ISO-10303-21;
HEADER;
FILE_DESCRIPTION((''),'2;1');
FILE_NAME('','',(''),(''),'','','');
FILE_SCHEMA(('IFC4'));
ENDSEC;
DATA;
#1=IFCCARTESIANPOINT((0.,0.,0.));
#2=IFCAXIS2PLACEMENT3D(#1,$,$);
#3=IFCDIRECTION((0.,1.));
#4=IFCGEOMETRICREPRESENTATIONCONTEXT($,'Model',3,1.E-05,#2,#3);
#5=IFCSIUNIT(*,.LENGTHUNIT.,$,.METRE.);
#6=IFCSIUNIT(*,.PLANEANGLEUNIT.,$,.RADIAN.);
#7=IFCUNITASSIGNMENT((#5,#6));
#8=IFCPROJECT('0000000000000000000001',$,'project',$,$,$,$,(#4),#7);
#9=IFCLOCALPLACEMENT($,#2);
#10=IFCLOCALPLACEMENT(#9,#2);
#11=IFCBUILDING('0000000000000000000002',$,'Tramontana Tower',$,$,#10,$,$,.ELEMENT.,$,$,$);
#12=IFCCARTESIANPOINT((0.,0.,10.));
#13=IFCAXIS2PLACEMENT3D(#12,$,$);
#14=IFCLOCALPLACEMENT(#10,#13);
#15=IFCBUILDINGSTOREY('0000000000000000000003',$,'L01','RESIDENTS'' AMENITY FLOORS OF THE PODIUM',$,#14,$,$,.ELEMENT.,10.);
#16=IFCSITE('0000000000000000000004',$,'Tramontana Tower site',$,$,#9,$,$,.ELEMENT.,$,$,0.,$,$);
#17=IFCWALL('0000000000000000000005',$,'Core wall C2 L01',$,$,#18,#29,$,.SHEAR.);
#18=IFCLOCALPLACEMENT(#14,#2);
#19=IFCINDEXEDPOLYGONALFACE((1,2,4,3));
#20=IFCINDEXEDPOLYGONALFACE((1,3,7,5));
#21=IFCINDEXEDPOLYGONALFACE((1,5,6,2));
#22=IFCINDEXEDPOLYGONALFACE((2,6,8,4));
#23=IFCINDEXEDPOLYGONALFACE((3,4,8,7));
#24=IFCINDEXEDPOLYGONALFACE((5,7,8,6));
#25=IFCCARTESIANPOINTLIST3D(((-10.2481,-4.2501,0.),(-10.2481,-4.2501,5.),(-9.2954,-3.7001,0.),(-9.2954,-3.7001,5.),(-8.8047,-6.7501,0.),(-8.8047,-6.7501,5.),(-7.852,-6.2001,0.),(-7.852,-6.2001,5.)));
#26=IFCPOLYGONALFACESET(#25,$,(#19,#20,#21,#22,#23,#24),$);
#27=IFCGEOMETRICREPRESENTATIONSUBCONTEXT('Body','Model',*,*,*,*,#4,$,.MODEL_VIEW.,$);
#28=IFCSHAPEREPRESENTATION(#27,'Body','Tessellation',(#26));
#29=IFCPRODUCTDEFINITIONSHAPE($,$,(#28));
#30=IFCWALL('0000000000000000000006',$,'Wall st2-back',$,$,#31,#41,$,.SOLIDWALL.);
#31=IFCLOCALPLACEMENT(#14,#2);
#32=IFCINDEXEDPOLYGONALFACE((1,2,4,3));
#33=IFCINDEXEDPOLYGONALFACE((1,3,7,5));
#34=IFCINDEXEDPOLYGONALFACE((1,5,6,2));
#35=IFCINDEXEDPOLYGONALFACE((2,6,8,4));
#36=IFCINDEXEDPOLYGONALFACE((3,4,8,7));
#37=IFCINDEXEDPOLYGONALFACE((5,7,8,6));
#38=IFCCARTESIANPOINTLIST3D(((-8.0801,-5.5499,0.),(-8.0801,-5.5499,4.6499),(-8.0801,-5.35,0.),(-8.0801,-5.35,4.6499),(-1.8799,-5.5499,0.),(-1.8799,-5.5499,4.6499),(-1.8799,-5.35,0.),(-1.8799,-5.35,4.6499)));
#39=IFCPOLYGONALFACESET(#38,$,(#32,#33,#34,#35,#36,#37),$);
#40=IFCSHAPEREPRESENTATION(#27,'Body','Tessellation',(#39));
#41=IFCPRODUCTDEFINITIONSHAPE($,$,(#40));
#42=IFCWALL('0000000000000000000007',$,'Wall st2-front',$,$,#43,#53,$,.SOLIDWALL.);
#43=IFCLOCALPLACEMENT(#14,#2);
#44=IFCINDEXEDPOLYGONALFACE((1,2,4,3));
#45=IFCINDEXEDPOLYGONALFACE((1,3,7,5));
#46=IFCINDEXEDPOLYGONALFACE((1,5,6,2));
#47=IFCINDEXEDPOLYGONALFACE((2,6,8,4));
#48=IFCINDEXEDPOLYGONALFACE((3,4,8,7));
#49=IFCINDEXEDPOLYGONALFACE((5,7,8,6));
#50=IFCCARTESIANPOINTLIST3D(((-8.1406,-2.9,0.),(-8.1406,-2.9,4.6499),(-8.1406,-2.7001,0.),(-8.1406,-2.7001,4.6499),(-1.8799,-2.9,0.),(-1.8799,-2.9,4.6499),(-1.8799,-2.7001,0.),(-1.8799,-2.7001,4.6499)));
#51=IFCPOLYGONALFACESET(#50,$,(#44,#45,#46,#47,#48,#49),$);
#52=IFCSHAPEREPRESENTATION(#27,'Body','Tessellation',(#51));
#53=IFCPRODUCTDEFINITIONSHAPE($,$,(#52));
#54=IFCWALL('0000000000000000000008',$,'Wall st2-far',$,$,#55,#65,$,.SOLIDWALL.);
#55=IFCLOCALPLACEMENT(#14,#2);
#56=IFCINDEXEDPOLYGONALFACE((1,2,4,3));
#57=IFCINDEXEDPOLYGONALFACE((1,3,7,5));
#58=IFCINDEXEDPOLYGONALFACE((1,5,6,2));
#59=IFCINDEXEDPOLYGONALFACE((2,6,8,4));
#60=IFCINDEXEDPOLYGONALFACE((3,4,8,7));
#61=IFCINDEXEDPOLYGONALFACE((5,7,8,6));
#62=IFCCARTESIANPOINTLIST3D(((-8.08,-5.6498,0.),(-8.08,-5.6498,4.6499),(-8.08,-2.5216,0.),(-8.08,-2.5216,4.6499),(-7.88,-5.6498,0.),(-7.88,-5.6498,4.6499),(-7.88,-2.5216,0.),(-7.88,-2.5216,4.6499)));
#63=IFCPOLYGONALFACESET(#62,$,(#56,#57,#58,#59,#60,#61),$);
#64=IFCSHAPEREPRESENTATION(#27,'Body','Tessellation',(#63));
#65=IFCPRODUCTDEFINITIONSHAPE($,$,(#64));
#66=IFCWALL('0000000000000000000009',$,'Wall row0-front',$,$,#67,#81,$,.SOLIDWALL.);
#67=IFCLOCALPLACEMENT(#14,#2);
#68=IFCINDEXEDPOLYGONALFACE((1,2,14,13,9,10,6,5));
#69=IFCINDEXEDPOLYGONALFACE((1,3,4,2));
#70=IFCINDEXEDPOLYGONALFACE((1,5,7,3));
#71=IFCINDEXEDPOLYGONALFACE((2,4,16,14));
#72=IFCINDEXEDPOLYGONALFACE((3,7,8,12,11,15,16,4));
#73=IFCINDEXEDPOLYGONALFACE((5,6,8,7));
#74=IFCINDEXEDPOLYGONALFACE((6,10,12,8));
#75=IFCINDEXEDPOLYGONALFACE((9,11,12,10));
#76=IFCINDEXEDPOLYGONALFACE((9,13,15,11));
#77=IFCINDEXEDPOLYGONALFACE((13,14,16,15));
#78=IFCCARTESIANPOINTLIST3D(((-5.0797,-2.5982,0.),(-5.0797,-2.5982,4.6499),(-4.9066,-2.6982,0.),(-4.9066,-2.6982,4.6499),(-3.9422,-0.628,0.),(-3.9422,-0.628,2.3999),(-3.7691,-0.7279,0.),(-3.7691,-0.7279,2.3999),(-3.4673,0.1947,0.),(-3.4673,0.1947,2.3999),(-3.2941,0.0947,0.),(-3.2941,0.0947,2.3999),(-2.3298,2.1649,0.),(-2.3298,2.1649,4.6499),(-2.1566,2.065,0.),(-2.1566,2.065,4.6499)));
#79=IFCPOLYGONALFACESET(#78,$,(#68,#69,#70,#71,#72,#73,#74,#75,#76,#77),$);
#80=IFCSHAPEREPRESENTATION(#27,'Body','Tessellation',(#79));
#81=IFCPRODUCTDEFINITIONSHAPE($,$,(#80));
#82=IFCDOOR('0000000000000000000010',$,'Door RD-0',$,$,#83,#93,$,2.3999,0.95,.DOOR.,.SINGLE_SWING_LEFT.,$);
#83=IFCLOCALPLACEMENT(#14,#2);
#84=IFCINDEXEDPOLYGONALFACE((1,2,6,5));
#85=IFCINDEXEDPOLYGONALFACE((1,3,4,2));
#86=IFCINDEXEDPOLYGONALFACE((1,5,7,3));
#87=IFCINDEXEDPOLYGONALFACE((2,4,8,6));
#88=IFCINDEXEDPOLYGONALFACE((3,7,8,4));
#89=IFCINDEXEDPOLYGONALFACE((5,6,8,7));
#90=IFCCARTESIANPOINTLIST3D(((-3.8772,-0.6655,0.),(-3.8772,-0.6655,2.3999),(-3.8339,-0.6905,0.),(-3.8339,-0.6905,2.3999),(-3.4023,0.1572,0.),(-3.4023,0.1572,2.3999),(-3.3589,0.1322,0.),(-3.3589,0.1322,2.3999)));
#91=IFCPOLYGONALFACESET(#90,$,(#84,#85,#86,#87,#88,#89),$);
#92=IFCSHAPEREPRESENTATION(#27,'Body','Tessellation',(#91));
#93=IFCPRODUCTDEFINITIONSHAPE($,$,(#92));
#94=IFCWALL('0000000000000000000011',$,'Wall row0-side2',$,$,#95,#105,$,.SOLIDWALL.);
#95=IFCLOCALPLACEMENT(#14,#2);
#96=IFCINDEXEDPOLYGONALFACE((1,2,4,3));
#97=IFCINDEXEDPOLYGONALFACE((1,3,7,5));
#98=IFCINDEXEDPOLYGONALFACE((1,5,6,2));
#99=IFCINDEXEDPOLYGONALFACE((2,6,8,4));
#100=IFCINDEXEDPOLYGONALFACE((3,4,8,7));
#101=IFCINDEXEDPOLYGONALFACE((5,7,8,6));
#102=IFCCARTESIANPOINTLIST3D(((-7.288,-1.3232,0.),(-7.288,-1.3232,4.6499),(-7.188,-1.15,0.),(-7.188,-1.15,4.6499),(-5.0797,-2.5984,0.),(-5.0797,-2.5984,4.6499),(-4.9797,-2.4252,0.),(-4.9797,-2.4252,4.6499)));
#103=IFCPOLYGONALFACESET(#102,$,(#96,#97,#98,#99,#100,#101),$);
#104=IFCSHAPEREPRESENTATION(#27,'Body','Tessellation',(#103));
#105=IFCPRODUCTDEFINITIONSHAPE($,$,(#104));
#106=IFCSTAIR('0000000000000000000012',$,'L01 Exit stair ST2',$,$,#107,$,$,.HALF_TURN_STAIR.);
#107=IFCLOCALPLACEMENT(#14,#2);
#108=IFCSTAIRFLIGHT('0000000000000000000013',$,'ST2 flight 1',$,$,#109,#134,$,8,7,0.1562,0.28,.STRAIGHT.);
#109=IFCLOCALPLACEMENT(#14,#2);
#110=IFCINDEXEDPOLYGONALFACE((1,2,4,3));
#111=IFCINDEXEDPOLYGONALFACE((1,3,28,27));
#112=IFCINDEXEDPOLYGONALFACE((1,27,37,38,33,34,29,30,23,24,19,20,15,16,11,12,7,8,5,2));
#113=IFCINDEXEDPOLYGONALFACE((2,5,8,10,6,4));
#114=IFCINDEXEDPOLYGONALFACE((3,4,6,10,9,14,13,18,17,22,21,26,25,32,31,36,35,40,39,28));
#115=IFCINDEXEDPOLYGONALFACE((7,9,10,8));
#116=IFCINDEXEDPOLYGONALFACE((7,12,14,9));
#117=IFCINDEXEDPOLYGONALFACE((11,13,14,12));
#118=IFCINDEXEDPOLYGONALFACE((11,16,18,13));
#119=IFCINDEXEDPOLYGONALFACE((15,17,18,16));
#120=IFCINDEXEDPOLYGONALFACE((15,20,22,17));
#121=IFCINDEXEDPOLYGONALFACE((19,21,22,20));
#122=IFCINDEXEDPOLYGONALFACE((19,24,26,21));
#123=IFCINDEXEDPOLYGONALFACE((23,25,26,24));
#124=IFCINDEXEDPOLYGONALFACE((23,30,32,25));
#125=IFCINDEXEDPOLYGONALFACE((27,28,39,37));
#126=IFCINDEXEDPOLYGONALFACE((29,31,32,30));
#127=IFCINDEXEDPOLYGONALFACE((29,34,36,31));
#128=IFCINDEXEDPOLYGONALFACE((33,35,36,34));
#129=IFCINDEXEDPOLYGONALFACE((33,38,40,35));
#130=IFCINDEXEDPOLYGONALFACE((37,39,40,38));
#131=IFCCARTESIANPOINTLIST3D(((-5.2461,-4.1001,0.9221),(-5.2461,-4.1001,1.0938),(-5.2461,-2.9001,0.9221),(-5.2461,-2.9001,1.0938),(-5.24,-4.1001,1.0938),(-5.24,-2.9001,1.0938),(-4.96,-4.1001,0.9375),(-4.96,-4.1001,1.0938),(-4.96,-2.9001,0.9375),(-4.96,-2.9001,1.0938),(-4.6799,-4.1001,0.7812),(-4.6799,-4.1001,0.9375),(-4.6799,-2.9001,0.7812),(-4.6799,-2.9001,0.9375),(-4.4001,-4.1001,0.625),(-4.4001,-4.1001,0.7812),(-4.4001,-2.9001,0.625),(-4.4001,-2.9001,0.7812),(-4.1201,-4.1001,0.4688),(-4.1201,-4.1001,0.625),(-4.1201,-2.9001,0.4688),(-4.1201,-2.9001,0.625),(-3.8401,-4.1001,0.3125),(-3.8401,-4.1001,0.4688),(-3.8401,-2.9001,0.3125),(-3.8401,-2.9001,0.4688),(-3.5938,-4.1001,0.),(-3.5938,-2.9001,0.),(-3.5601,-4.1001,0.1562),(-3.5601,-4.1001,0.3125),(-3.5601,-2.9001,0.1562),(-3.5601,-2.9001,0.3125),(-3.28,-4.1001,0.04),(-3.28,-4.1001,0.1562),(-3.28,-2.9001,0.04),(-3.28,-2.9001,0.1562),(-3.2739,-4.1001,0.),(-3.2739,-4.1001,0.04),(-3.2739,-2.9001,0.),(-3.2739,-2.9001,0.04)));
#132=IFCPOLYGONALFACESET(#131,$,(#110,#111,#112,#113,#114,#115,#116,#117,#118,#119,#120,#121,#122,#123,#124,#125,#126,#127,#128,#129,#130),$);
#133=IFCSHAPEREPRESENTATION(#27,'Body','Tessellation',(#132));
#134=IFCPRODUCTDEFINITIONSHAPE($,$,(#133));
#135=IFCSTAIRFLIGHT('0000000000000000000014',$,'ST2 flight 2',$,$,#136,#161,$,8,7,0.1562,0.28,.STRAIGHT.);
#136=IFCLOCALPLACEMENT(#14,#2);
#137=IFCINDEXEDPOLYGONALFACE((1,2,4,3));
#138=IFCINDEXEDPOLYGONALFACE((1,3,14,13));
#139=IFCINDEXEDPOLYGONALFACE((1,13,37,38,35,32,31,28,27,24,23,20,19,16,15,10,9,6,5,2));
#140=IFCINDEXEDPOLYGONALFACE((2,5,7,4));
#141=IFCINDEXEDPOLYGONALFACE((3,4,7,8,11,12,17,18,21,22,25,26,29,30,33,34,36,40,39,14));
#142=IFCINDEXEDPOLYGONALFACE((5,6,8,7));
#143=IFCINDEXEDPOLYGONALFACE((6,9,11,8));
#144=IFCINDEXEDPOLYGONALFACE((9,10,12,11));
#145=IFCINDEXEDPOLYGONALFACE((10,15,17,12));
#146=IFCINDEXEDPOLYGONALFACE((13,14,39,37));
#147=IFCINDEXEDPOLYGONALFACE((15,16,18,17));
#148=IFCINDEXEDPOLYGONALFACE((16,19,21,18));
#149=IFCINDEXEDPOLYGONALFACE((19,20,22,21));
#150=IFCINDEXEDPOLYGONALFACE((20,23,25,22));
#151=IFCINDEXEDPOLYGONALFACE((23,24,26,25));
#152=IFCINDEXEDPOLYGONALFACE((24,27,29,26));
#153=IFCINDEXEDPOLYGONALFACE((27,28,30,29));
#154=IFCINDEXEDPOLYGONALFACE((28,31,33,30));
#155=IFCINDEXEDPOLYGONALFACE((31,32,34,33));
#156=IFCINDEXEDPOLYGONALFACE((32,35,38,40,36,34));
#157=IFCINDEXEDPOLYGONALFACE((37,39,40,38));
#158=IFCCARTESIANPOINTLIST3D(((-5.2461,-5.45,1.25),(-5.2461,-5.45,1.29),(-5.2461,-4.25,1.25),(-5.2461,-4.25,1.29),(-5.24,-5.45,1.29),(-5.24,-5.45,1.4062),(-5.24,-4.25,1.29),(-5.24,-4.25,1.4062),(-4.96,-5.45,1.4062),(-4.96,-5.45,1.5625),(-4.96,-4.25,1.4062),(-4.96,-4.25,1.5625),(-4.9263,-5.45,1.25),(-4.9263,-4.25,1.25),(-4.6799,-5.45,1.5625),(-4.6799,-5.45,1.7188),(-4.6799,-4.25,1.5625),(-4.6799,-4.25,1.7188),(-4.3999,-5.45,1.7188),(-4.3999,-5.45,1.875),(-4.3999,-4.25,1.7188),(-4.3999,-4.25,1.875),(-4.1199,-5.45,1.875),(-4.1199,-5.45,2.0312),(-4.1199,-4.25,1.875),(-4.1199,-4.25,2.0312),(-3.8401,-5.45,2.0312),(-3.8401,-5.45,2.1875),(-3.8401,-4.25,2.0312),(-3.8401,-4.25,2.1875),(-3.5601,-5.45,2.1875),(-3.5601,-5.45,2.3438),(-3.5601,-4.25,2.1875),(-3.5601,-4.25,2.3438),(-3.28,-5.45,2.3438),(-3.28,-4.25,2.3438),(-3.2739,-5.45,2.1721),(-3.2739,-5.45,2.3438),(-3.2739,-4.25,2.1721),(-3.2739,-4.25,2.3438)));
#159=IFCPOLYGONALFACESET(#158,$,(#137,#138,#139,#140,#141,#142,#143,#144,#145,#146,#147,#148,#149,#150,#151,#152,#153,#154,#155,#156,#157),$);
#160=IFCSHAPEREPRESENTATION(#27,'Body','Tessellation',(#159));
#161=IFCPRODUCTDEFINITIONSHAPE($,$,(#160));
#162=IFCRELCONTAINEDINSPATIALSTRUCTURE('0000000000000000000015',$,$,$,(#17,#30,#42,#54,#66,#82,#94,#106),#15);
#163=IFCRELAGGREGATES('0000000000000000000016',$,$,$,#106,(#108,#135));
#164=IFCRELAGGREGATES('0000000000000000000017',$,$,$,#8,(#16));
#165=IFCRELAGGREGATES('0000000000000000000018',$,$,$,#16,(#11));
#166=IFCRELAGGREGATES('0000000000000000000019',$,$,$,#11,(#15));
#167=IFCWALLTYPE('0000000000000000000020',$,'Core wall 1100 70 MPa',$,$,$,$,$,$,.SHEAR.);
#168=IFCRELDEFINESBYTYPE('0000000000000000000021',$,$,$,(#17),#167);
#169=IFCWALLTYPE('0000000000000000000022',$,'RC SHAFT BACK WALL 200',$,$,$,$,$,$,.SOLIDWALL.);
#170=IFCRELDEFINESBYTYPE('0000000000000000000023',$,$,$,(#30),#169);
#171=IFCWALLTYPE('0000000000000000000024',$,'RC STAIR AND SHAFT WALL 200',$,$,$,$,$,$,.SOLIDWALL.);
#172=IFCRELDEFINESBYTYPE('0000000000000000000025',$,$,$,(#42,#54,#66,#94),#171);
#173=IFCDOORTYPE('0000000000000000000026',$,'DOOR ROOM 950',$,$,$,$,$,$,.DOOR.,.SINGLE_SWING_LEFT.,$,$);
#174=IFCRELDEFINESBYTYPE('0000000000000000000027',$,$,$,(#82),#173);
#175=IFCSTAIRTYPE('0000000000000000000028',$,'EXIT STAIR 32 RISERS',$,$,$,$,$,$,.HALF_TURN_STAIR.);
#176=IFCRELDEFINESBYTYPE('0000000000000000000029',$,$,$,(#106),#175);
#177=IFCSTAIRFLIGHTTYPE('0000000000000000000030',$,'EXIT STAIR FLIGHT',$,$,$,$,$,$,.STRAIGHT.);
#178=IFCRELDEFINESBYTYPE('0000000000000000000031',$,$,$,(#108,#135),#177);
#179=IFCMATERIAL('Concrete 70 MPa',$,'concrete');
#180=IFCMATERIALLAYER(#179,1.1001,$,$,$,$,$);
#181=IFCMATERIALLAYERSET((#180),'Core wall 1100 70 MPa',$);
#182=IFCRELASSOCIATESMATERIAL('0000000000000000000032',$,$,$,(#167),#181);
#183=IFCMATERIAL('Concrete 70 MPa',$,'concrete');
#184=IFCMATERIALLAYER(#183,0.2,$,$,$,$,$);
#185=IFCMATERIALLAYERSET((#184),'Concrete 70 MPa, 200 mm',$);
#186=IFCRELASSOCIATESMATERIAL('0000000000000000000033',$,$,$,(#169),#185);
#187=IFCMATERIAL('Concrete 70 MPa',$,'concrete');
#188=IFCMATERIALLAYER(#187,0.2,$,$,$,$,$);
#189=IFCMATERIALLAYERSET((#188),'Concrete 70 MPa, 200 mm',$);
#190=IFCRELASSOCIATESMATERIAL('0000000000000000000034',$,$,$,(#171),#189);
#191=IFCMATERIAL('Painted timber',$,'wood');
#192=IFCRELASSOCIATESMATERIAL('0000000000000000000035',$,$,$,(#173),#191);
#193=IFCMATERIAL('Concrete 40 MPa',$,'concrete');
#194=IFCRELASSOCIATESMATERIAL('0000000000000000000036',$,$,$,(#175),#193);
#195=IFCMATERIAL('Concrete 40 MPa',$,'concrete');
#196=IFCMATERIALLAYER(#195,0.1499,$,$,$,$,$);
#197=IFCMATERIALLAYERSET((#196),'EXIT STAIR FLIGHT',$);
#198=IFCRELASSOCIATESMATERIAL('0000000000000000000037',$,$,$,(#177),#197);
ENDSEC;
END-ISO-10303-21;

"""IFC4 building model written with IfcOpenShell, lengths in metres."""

from ifc_helpers import new_model, si_unit, direction, frame, frame_2d, origin, place, context, subcontext, project, spatial, polyline, rectangle, outline, extrude, material, layer, layer_set, type_object, element, fill, aggregate, save


model = new_model("IFC4")

# Units and contexts
model_context = context("Model", 3, precision=1e-05, world=origin(), true_north=direction((0.0, 1.0)))
body_context = subcontext(model_context, "Body", "Model", "MODEL_VIEW")
ifc_project = project(units=[si_unit("LENGTHUNIT", "METRE"), si_unit("PLANEANGLEUNIT", "RADIAN")], contexts=[model_context])

# Site, building, storey
site_placement = place(None, origin())
site = spatial("IfcSite", under=ifc_project, at=site_placement, Name="Tramontana Tower site", CompositionType="ELEMENT", RefElevation=0.0)
building_placement = place(site_placement, origin())
building = spatial("IfcBuilding", under=site, at=building_placement, Name="Tramontana Tower", CompositionType="ELEMENT")
storey_placement = place(building_placement, frame((0.0, 0.0, 10.0)))
storey = spatial("IfcBuildingStorey", under=building, at=storey_placement, Name="L01", Description="RESIDENTS' AMENITY FLOORS OF THE PODIUM", CompositionType="ELEMENT", Elevation=10.0)

# Wall
ifc_material_1 = material(Name="Concrete 70 MPa", Category="concrete")
ifc_layer_1 = layer(ifc_material_1, 1.1001)
ifc_layer_set_1 = layer_set([ifc_layer_1], Name="Core wall 1100 70 MPa")
wall_type_1 = type_object("IfcWallType", Name="Core wall 1100 70 MPa", PredefinedType="SHEAR", material=ifc_layer_set_1)
wall_1_placement = place(storey_placement, frame((-9.7717, -3.9751, 0.0), z_axis=(0.0, 0.0, 1.0), x_axis=(0.499996, -0.866028, 0.0)))
element("IfcWall", 1, at=wall_1_placement, inside=storey, type_object=wall_type_1, Name="Core wall C2 L01", PredefinedType="SHEAR", context=body_context, shape_type="SweptSolid", body=[
    extrude(rectangle(XDim=2.8867, YDim=1.1001, at=frame_2d((1.4434, 0.0))), origin(), (0.0, 0.0, 1.0), 5.0),
])

# Walls
ifc_material_2 = material(Name="Concrete 70 MPa", Category="concrete")
ifc_layer_2 = layer(ifc_material_2, 0.2)
ifc_layer_set_2 = layer_set([ifc_layer_2], Name="Concrete 70 MPa, 200 mm")
wall_type_2 = type_object("IfcWallType", Name="RC SHAFT BACK WALL 200", PredefinedType="SOLIDWALL", material=ifc_layer_set_2)
wall_2_placement = place(storey_placement, frame((-8.0801, -5.45, 0.0), z_axis=(0.0, 0.0, 1.0), x_axis=(1.0, 0.0, 0.0)))
element("IfcWall", 2, at=wall_2_placement, inside=storey, type_object=wall_type_2, Name="Wall st2-back", PredefinedType="SOLIDWALL", context=body_context, shape_type="SweptSolid", body=[
    extrude(rectangle(XDim=6.2002, YDim=0.2, at=frame_2d((3.1001, 0.0))), origin(), (0.0, 0.0, 1.0), 4.6499),
])
ifc_material_3 = material(Name="Concrete 70 MPa", Category="concrete")
ifc_layer_3 = layer(ifc_material_3, 0.2)
ifc_layer_set_3 = layer_set([ifc_layer_3], Name="Concrete 70 MPa, 200 mm")
wall_type_3 = type_object("IfcWallType", Name="RC STAIR AND SHAFT WALL 200", PredefinedType="SOLIDWALL", material=ifc_layer_set_3)
wall_3_placement = place(storey_placement, frame((-8.1406, -2.8, 0.0), z_axis=(0.0, 0.0, 1.0), x_axis=(1.0, 0.0, 0.0)))
element("IfcWall", 3, at=wall_3_placement, inside=storey, type_object=wall_type_3, Name="Wall st2-front", PredefinedType="SOLIDWALL", context=body_context, shape_type="SweptSolid", body=[
    extrude(rectangle(XDim=6.2607, YDim=0.2, at=frame_2d((3.1304, 0.0))), origin(), (0.0, 0.0, 1.0), 4.6499),
])
wall_4_placement = place(storey_placement, frame((-7.98, -2.5217, 0.0), z_axis=(0.0, 0.0, 1.0), x_axis=(0.0, -1.0, 0.0)))
element("IfcWall", 4, at=wall_4_placement, inside=storey, type_object=wall_type_3, Name="Wall st2-far", PredefinedType="SOLIDWALL", context=body_context, shape_type="SweptSolid", body=[
    extrude(rectangle(XDim=3.1282, YDim=0.2, at=frame_2d((1.564, 0.0))), origin(), (0.0, 0.0, 1.0), 4.6499),
])

# Wall, opening, door
wall_5_placement = place(storey_placement, frame((-4.9932, -2.6482, 0.0), z_axis=(0.0, 0.0, 1.0), x_axis=(0.499997, 0.866027, 0.0)))
wall_5 = element("IfcWall", 5, at=wall_5_placement, inside=storey, type_object=wall_type_3, Name="Wall row0-front", PredefinedType="SOLIDWALL", context=body_context, shape_type="SweptSolid", body=[
    extrude(rectangle(XDim=5.5, YDim=0.2, at=frame_2d((2.75, 0.0))), origin(), (0.0, 0.0, 1.0), 4.6499),
])
opening_1_placement = place(wall_5_placement, frame((2.2749, 0.0, 0.0)))
opening_1 = element("IfcOpeningElement", 6, at=opening_1_placement, cuts=wall_5, PredefinedType="OPENING", context=body_context, shape_type="SweptSolid", body=[
    extrude(rectangle(XDim=0.95, YDim=2.3999, at=frame_2d((0.4751, 1.2))), frame((0.0, 0.1099, 0.0), z_axis=(0.0, -1.0, 0.0), x_axis=(1.0, 0.0, 0.0)), (0.0, 0.0, 1.0), 0.22),
])
ifc_material_4 = material(Name="Painted timber", Category="wood")
door_type_1 = type_object("IfcDoorType", Name="DOOR ROOM 950", OperationType="SINGLE_SWING_LEFT", PredefinedType="DOOR", material=ifc_material_4)
door_1_placement = place(opening_1_placement, origin())
door_1 = element("IfcDoor", 7, at=door_1_placement, inside=storey, type_object=door_type_1, Name="Door RD-0", OperationType="SINGLE_SWING_LEFT", OverallHeight=2.3999, OverallWidth=0.95, PredefinedType="DOOR", context=body_context, shape_type="SweptSolid", body=[
    extrude(rectangle(XDim=0.95, YDim=2.3999, at=frame_2d((0.4751, 1.2))), frame((0.0, 0.0249, 0.0), z_axis=(0.0, -1.0, 0.0), x_axis=(1.0, 0.0, 0.0)), (0.0, 0.0, 1.0), 0.05),
])
fill(opening_1, door_1)

# Wall
wall_6_placement = place(storey_placement, frame((-5.0298, -2.5117, 0.0), z_axis=(0.0, 0.0, 1.0), x_axis=(-0.865989, 0.500062, 0.0)))
element("IfcWall", 8, at=wall_6_placement, inside=storey, type_object=wall_type_3, Name="Wall row0-side2", PredefinedType="SOLIDWALL", context=body_context, shape_type="SweptSolid", body=[
    extrude(rectangle(XDim=2.55, YDim=0.2, at=frame_2d((1.2749, 0.0))), origin(), (0.0, 0.0, 1.0), 4.6499),
])

# Stair, stair flights
ifc_material_5 = material(Name="Concrete 40 MPa", Category="concrete")
stair_type = type_object("IfcStairType", Name="EXIT STAIR 32 RISERS", PredefinedType="HALF_TURN_STAIR", material=ifc_material_5)
stair_placement = place(storey_placement, origin())
stair = element("IfcStair", 9, at=stair_placement, inside=storey, type_object=stair_type, Name="L01 Exit stair ST2", PredefinedType="HALF_TURN_STAIR")
ifc_material_6 = material(Name="Concrete 40 MPa", Category="concrete")
ifc_layer_4 = layer(ifc_material_6, 0.1499)
ifc_layer_set_4 = layer_set([ifc_layer_4], Name="EXIT STAIR FLIGHT")
stair_flight_type = type_object("IfcStairFlightType", Name="EXIT STAIR FLIGHT", PredefinedType="STRAIGHT", material=ifc_layer_set_4)
stair_flight_1_placement = place(storey_placement, frame((-3.28, -3.5, 0.0), z_axis=(0.0, 0.0, 1.0), x_axis=(-1.0, 0.0, 0.0)))
stair_flight_1 = element("IfcStairFlight", 10, at=stair_flight_1_placement, type_object=stair_flight_type, Name="ST2 flight 1", NumberOfRisers=8, NumberOfTreads=7, PredefinedType="STRAIGHT", RiserHeight=0.1562, TreadLength=0.28, context=body_context, shape_type="SweptSolid", body=[
    extrude(outline(polyline([(-0.0061, 0.0), (-0.0061, 0.04), (0.0, 0.04), (0.0, 0.1562), (0.28, 0.1562), (0.28, 0.3125), (0.5601, 0.3125), (0.5601, 0.4688), (0.8401, 0.4688), (0.8401, 0.625), (1.1201, 0.625), (1.1201, 0.7812), (1.3999, 0.7812), (1.3999, 0.9375), (1.6799, 0.9375), (1.6799, 1.0938), (1.96, 1.0938), (1.9661, 1.0938), (1.9661, 0.9221), (0.3137, 0.0), (-0.0061, 0.0)])), frame((0.0, 0.6001, 0.0), z_axis=(0.0, -1.0, 0.0), x_axis=(1.0, 0.0, 0.0)), (0.0, 0.0, 1.0), 1.2),
])
stair_flight_2_placement = place(storey_placement, frame((-5.24, -4.8501, 1.25), z_axis=(0.0, 0.0, 1.0), x_axis=(1.0, 0.0, 0.0)))
stair_flight_2 = element("IfcStairFlight", 11, at=stair_flight_2_placement, type_object=stair_flight_type, Name="ST2 flight 2", NumberOfRisers=8, NumberOfTreads=7, PredefinedType="STRAIGHT", RiserHeight=0.1562, TreadLength=0.28, context=body_context, shape_type="SweptSolid", body=[
    extrude(outline(polyline([(-0.0061, 0.0), (-0.0061, 0.04), (0.0, 0.04), (0.0, 0.1562), (0.28, 0.1562), (0.28, 0.3125), (0.5601, 0.3125), (0.5601, 0.4688), (0.8401, 0.4688), (0.8401, 0.625), (1.1201, 0.625), (1.1201, 0.7812), (1.3999, 0.7812), (1.3999, 0.9375), (1.6799, 0.9375), (1.6799, 1.0938), (1.96, 1.0938), (1.9661, 1.0938), (1.9661, 0.9221), (0.3137, 0.0), (-0.0061, 0.0)])), frame((0.0, 0.6001, 0.0), z_axis=(0.0, -1.0, 0.0), x_axis=(1.0, 0.0, 0.0)), (0.0, 0.0, 1.0), 1.2),
])
aggregate(stair, [stair_flight_1, stair_flight_2])

save(model, "model.ifc")
